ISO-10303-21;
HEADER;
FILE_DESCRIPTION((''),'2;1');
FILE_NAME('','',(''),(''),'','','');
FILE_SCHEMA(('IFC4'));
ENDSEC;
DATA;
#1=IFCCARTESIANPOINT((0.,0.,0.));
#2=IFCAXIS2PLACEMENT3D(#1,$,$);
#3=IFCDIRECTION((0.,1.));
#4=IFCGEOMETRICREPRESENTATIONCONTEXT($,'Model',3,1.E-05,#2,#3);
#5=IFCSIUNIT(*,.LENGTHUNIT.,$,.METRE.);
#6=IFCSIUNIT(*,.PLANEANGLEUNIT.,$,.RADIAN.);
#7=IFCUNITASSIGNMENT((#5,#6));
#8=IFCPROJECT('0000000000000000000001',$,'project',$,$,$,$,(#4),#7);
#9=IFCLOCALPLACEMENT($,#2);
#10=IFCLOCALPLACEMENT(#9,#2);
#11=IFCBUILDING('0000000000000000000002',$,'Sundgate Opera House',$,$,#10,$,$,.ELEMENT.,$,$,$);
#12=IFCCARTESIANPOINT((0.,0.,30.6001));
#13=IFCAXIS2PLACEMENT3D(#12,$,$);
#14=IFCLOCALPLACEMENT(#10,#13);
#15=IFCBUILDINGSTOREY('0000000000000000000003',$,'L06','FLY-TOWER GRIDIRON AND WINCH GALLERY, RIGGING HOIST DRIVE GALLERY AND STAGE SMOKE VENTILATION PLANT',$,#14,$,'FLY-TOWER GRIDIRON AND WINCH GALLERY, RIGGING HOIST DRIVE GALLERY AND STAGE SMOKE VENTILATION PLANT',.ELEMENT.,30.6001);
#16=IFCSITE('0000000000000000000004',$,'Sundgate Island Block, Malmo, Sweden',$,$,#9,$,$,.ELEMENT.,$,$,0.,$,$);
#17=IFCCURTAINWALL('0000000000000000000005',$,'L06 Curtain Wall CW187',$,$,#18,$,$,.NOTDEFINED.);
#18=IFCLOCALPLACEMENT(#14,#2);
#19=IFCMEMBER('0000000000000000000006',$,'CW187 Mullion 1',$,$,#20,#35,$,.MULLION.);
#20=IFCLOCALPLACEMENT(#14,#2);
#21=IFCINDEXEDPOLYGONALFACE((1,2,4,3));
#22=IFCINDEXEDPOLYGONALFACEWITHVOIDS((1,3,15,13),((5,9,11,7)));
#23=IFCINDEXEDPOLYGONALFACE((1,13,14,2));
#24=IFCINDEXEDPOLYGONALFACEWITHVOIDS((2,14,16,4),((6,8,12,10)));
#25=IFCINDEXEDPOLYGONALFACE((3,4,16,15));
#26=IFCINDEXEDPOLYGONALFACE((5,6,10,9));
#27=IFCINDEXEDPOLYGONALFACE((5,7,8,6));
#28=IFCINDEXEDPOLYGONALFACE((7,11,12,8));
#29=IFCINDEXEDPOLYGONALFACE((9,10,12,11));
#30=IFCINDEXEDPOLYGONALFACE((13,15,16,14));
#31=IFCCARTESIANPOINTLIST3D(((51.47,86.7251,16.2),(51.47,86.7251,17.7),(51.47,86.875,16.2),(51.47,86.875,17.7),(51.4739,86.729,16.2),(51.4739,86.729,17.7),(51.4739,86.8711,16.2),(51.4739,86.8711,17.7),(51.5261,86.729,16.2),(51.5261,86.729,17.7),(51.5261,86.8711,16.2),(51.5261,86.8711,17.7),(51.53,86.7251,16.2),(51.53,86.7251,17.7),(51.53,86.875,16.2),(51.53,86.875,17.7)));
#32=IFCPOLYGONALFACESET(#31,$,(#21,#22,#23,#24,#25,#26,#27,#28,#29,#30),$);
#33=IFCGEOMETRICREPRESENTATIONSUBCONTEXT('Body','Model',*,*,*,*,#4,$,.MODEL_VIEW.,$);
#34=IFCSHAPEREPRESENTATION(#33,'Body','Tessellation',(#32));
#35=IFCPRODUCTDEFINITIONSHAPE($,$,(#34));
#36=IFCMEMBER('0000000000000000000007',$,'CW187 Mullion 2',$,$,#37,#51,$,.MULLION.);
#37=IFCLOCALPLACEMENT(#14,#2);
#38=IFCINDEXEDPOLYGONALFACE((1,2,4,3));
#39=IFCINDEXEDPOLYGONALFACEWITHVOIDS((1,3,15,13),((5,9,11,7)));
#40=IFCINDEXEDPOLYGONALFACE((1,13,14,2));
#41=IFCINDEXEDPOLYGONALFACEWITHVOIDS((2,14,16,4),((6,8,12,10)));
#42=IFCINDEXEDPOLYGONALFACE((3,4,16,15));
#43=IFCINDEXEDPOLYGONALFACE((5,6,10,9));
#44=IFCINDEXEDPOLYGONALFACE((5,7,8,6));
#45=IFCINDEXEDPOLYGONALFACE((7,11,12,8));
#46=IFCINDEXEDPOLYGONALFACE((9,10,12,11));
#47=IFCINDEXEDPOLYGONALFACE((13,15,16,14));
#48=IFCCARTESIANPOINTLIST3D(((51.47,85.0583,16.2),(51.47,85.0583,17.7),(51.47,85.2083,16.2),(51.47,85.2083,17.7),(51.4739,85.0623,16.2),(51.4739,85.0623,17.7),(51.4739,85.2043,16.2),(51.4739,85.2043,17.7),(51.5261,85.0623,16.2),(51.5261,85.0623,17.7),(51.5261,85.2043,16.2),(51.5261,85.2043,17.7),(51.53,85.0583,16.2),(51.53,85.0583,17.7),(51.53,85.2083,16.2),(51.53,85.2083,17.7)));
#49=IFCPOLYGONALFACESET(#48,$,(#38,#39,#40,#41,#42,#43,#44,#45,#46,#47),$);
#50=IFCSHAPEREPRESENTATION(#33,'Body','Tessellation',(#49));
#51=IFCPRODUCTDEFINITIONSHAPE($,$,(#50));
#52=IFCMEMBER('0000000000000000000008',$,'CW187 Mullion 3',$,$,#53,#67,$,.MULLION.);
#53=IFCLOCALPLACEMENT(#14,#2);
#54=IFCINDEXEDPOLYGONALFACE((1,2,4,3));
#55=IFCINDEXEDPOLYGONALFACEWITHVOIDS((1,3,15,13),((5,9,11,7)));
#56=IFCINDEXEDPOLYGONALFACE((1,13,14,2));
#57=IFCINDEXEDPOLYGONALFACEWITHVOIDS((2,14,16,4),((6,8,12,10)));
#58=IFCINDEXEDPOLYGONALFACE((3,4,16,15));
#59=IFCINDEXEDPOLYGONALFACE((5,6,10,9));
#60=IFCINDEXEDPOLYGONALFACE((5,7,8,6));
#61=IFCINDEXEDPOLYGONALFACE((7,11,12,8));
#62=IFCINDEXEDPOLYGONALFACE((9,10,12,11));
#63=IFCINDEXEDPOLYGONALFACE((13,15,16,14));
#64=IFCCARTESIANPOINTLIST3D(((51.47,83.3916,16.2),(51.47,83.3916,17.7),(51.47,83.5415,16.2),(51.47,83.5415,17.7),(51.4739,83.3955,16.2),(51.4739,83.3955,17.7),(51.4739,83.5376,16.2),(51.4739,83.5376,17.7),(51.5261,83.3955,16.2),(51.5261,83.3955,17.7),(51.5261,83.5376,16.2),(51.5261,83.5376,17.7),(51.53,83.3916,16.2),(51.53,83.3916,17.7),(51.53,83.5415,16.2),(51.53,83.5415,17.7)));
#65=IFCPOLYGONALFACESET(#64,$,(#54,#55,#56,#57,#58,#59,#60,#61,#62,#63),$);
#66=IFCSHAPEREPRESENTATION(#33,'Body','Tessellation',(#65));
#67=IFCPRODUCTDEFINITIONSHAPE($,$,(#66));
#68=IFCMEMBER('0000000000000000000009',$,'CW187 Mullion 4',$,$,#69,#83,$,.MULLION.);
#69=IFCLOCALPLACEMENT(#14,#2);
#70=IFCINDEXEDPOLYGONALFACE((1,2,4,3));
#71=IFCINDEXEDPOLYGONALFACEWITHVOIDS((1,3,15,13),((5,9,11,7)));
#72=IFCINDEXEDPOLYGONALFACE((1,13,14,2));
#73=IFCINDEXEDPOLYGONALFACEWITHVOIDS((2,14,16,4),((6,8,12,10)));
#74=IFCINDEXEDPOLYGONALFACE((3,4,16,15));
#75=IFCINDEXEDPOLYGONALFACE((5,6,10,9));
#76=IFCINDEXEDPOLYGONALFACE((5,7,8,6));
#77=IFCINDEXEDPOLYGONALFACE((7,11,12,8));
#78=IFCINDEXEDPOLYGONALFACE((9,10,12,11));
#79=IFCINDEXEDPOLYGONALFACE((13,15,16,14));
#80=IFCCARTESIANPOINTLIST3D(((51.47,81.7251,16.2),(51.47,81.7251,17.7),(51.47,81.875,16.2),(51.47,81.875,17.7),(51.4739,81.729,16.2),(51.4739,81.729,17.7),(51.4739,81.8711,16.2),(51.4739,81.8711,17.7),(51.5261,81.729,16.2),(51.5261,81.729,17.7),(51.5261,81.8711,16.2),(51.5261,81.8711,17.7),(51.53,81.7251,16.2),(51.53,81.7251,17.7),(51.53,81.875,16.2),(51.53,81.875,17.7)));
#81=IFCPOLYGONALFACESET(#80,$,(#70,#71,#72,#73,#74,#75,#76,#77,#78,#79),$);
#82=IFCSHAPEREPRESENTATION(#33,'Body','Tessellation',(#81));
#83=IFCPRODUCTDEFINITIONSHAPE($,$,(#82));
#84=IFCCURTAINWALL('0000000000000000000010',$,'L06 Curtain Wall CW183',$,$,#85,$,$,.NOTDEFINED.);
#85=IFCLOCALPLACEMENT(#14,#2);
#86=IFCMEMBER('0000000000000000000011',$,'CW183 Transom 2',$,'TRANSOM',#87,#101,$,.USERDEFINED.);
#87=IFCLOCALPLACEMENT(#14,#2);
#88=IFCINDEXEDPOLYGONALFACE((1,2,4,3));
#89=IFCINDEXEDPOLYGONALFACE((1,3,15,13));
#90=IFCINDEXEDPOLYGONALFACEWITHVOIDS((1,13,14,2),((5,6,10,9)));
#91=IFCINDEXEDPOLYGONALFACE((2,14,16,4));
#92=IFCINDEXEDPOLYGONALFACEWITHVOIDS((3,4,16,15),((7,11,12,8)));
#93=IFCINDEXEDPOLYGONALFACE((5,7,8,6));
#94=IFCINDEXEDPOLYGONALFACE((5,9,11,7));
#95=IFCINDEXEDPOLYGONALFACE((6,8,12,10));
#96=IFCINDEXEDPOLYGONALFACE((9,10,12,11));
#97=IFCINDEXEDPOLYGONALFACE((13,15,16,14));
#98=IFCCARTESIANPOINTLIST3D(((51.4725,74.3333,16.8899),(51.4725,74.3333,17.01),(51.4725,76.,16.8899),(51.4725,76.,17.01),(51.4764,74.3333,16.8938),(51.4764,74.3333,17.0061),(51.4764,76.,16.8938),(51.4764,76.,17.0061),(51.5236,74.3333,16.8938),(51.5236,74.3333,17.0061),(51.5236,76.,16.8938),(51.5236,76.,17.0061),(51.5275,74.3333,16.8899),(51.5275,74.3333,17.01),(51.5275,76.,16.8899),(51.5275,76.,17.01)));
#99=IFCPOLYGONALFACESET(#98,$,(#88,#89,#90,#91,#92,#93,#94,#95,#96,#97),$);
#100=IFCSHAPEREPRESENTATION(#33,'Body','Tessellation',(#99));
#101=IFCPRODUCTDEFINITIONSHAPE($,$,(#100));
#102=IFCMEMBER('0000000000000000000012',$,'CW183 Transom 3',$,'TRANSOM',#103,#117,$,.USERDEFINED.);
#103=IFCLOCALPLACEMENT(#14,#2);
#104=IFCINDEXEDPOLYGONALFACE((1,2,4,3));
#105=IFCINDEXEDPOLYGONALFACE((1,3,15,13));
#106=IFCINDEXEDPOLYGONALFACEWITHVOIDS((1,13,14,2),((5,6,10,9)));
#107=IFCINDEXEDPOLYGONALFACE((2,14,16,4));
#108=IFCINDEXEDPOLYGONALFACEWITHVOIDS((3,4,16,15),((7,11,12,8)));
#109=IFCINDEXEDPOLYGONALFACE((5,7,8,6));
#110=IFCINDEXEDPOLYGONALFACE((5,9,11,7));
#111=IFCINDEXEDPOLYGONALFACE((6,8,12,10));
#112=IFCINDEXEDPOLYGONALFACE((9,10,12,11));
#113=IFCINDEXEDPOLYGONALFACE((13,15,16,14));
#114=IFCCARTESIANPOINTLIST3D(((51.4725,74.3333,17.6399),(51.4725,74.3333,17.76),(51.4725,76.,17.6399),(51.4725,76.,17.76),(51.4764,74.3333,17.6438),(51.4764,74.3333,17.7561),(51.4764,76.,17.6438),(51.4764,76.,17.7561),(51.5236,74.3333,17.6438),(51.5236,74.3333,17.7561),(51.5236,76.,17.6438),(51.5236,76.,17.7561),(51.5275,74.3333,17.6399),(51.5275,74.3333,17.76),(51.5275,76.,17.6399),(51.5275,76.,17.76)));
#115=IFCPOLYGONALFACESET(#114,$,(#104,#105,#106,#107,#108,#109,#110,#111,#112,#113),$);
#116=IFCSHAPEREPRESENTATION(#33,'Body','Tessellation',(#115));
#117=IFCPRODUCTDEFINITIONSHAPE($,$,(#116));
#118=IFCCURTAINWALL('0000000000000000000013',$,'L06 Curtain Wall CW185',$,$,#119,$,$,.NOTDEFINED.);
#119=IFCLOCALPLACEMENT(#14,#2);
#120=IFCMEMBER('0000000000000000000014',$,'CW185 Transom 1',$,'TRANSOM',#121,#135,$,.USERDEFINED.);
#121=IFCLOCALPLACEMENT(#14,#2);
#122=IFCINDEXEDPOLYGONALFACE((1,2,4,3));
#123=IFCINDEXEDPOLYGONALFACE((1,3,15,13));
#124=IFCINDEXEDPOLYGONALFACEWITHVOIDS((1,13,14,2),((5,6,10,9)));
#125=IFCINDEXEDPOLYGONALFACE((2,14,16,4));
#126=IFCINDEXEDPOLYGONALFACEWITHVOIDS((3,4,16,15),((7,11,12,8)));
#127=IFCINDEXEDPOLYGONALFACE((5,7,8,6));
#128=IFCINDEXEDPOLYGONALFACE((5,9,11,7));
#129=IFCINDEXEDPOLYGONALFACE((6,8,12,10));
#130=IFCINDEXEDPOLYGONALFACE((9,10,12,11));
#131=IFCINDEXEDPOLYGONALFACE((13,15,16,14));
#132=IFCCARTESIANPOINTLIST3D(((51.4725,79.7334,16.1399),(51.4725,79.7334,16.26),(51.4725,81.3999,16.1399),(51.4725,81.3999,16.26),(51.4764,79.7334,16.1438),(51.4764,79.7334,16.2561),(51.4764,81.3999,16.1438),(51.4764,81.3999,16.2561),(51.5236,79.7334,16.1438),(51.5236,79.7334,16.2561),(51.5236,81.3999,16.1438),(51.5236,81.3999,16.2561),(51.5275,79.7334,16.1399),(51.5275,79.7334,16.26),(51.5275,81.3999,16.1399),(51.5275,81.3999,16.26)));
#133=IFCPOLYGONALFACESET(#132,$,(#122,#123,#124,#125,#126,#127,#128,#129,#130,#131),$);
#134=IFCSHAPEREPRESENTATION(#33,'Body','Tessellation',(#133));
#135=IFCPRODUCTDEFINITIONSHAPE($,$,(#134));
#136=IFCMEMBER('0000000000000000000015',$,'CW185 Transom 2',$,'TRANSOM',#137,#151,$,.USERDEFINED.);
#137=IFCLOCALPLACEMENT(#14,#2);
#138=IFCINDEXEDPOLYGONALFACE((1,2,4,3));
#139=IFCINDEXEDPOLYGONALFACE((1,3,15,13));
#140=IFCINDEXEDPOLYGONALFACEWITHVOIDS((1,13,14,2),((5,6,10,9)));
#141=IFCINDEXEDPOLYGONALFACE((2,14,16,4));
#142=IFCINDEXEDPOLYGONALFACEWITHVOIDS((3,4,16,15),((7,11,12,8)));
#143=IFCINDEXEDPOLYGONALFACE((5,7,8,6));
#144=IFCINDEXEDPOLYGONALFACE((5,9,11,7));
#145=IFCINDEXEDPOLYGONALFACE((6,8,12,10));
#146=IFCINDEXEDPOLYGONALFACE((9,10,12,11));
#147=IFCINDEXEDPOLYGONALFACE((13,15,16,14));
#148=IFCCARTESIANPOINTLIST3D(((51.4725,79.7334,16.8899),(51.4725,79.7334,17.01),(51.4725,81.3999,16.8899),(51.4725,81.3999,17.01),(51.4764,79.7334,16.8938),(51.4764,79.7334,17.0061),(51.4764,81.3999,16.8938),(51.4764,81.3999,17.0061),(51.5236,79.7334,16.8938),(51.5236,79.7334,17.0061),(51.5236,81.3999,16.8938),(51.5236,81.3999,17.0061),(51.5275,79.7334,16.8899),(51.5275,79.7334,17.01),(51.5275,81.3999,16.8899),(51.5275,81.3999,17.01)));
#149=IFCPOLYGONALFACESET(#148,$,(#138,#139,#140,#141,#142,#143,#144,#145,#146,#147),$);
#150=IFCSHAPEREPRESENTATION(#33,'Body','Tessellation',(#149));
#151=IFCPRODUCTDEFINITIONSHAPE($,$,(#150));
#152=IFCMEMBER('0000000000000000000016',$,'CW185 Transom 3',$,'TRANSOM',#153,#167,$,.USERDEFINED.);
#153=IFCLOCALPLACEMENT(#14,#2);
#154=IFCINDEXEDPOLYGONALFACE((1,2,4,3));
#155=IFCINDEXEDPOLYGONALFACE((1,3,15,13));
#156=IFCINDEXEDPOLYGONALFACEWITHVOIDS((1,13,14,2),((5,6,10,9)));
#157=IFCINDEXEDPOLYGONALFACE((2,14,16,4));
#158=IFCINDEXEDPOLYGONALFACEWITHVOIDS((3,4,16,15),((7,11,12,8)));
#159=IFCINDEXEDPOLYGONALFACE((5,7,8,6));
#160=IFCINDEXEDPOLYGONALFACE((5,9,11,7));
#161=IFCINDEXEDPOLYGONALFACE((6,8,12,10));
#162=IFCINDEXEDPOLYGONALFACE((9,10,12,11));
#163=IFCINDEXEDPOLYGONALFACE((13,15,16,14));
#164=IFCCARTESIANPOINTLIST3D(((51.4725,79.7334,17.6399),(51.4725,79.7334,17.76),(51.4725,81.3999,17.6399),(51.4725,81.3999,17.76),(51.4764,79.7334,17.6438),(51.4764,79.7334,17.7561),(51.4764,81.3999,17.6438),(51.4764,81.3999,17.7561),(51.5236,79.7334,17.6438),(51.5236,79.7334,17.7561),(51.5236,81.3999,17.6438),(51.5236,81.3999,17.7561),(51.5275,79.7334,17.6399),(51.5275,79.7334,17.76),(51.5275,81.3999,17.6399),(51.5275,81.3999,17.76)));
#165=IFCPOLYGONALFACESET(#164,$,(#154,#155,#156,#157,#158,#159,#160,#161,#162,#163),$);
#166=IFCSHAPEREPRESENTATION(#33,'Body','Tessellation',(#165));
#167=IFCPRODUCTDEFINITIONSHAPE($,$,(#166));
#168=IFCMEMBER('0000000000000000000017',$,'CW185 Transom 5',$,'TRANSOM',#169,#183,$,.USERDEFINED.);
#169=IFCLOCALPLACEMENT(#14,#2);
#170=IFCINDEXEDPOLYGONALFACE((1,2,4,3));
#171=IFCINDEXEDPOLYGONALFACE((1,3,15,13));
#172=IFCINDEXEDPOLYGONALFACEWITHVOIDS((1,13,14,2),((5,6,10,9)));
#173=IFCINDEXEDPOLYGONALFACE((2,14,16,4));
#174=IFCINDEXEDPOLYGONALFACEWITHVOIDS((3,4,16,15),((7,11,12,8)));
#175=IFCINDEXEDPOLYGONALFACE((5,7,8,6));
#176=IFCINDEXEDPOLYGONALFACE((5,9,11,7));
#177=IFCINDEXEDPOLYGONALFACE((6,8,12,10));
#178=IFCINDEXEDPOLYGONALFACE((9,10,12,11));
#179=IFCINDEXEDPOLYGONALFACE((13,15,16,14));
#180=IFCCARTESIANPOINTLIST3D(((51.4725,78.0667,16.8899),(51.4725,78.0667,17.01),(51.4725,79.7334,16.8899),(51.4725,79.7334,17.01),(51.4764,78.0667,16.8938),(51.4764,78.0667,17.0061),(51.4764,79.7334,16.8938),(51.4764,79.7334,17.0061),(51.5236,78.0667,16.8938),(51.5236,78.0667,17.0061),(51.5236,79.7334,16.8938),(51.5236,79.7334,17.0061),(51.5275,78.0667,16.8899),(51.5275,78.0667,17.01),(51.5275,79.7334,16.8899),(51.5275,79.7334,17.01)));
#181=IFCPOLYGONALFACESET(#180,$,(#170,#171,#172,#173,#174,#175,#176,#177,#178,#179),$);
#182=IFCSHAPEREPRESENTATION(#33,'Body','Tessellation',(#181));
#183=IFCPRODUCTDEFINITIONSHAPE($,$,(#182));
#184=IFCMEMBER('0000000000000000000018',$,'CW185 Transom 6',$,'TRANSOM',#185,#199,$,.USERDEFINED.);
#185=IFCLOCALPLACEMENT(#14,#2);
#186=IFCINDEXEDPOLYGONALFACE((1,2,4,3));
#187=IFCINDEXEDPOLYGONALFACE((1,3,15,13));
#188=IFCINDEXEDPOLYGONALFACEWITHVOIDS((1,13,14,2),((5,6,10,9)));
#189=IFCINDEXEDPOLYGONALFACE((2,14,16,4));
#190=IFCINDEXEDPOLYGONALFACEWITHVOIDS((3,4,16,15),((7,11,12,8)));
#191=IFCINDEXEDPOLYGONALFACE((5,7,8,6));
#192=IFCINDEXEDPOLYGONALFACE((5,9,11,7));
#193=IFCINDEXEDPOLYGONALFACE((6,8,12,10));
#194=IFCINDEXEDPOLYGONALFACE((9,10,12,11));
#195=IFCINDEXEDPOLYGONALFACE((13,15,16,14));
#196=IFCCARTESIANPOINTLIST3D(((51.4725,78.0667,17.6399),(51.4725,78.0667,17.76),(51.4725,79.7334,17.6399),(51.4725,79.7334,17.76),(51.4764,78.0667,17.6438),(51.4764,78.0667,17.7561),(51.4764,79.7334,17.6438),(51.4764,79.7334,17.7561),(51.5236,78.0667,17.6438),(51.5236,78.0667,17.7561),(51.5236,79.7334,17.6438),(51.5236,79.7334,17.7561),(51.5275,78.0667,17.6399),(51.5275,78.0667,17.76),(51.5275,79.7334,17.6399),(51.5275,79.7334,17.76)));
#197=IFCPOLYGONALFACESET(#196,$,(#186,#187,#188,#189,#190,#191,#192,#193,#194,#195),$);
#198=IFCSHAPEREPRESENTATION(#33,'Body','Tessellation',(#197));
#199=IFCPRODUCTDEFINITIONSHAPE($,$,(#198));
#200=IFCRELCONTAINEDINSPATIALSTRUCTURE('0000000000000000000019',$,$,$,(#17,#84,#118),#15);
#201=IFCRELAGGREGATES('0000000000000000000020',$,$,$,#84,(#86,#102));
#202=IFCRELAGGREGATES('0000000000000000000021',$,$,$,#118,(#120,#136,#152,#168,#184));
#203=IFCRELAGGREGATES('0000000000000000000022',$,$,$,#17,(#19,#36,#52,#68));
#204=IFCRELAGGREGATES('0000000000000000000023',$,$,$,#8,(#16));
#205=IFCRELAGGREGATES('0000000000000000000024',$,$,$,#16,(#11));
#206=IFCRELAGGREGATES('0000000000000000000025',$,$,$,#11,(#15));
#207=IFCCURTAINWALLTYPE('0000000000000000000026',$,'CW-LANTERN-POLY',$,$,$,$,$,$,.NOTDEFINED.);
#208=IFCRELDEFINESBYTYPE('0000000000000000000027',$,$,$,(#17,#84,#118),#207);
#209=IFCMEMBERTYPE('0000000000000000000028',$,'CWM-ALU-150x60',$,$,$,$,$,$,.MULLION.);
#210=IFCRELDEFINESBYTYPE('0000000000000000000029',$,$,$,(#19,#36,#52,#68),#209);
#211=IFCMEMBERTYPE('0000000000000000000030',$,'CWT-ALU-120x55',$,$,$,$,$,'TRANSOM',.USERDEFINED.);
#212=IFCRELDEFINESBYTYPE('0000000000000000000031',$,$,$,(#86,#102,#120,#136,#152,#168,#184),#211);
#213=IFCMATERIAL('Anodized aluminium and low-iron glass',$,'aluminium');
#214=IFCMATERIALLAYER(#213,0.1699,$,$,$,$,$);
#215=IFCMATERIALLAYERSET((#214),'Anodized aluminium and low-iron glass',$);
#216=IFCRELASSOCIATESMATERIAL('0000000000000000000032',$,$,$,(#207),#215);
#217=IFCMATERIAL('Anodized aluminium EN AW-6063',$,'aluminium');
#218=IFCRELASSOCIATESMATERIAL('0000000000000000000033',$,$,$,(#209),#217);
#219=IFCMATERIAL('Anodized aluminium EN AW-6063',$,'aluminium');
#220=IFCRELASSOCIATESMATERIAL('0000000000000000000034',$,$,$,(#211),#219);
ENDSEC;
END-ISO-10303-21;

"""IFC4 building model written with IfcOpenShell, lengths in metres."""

from ifc_helpers import new_model, si_unit, direction, frame, origin, origin_2d, place, context, subcontext, project, spatial, hollow_rectangle, extrude, material, layer, layer_set, material_profile, profile_set, type_object, element, aggregate, save


model = new_model("IFC4")

# Units and contexts
model_context = context("Model", 3, precision=1e-05, world=origin(), true_north=direction((0.0, 1.0)))
body_context = subcontext(model_context, "Body", "Model", "MODEL_VIEW")
ifc_project = project(units=[si_unit("LENGTHUNIT", "METRE"), si_unit("PLANEANGLEUNIT", "RADIAN")], contexts=[model_context])

# Site, building, storey
site_placement = place(None, origin())
site = spatial("IfcSite", under=ifc_project, at=site_placement, Name="Sundgate Island Block, Malmo, Sweden", CompositionType="ELEMENT", RefElevation=0.0)
building_placement = place(site_placement, origin())
building = spatial("IfcBuilding", under=site, at=building_placement, Name="Sundgate Opera House", CompositionType="ELEMENT")
storey_placement = place(building_placement, frame((0.0, 0.0, 30.6001)))
storey = spatial("IfcBuildingStorey", under=building, at=storey_placement, Name="L06", Description="FLY-TOWER GRIDIRON AND WINCH GALLERY, RIGGING HOIST DRIVE GALLERY AND STAGE SMOKE VENTILATION PLANT", LongName="FLY-TOWER GRIDIRON AND WINCH GALLERY, RIGGING HOIST DRIVE GALLERY AND STAGE SMOKE VENTILATION PLANT", CompositionType="ELEMENT", Elevation=30.6001)

# Curtain walls, members
ifc_material_1 = material(Name="Anodized aluminium and low-iron glass", Category="aluminium")
ifc_layer_1 = layer(ifc_material_1, 0.1699)
ifc_layer_set_1 = layer_set([ifc_layer_1], Name="Anodized aluminium and low-iron glass")
curtain_wall_type = type_object("IfcCurtainWallType", Name="CW-LANTERN-POLY", PredefinedType="NOTDEFINED", material=ifc_layer_set_1)
curtain_wall_1_placement = place(storey_placement, origin())
curtain_wall_1 = element("IfcCurtainWall", 1, at=curtain_wall_1_placement, inside=storey, type_object=curtain_wall_type, Name="L06 Curtain Wall CW187", PredefinedType="NOTDEFINED")
ifc_material_2 = material(Name="Anodized aluminium EN AW-6063", Category="aluminium")
ifc_material_profile_1 = material_profile(ifc_material_2, hollow_rectangle(XDim=0.0601, YDim=0.1499, WallThickness=0.0039, at=origin_2d()), Name="CWM 150x60x4")
ifc_profile_set_1 = profile_set([ifc_material_profile_1], Name="Anodized aluminium EN AW-6063")
member_type_1 = type_object("IfcMemberType", Name="CWM-ALU-150x60", PredefinedType="MULLION", material=ifc_profile_set_1)
member_1_placement = place(storey_placement, frame((51.5, 86.8, 16.2), z_axis=(0.0, 0.0, 1.0), x_axis=(1.0, 0.0, 0.0)))
member_1 = element("IfcMember", 2, at=member_1_placement, type_object=member_type_1, Name="CW187 Mullion 1", PredefinedType="MULLION", context=body_context, shape_type="SweptSolid", body=[
    extrude(hollow_rectangle(XDim=0.0601, YDim=0.1499, WallThickness=0.0039, at=origin_2d()), origin(), (0.0, 0.0, 1.0), 1.5),
])
member_2_placement = place(storey_placement, frame((51.5, 85.1333, 16.2), z_axis=(0.0, 0.0, 1.0), x_axis=(1.0, 0.0, 0.0)))
member_2 = element("IfcMember", 3, at=member_2_placement, type_object=member_type_1, Name="CW187 Mullion 2", PredefinedType="MULLION", context=body_context, shape_type="SweptSolid", body=[
    extrude(hollow_rectangle(XDim=0.0601, YDim=0.1499, WallThickness=0.0039, at=origin_2d()), origin(), (0.0, 0.0, 1.0), 1.5),
])
member_3_placement = place(storey_placement, frame((51.5, 83.4666, 16.2), z_axis=(0.0, 0.0, 1.0), x_axis=(1.0, 0.0, 0.0)))
member_3 = element("IfcMember", 4, at=member_3_placement, type_object=member_type_1, Name="CW187 Mullion 3", PredefinedType="MULLION", context=body_context, shape_type="SweptSolid", body=[
    extrude(hollow_rectangle(XDim=0.0601, YDim=0.1499, WallThickness=0.0039, at=origin_2d()), origin(), (0.0, 0.0, 1.0), 1.5),
])
member_4_placement = place(storey_placement, frame((51.5, 81.8, 16.2), z_axis=(0.0, 0.0, 1.0), x_axis=(1.0, 0.0, 0.0)))
member_4 = element("IfcMember", 5, at=member_4_placement, type_object=member_type_1, Name="CW187 Mullion 4", PredefinedType="MULLION", context=body_context, shape_type="SweptSolid", body=[
    extrude(hollow_rectangle(XDim=0.0601, YDim=0.1499, WallThickness=0.0039, at=origin_2d()), origin(), (0.0, 0.0, 1.0), 1.5),
])
curtain_wall_2_placement = place(storey_placement, origin())
curtain_wall_2 = element("IfcCurtainWall", 6, at=curtain_wall_2_placement, inside=storey, type_object=curtain_wall_type, Name="L06 Curtain Wall CW183", PredefinedType="NOTDEFINED")
ifc_material_3 = material(Name="Anodized aluminium EN AW-6063", Category="aluminium")
ifc_material_profile_2 = material_profile(ifc_material_3, hollow_rectangle(XDim=0.0549, YDim=0.1201, WallThickness=0.0039, at=origin_2d()), Name="CWT 120x55x4")
ifc_profile_set_2 = profile_set([ifc_material_profile_2], Name="Anodized aluminium EN AW-6063")
member_type_2 = type_object("IfcMemberType", Name="CWT-ALU-120x55", ElementType="TRANSOM", PredefinedType="USERDEFINED", material=ifc_profile_set_2)
member_5_placement = place(storey_placement, frame((51.5, 76.0, 16.95), z_axis=(0.0, -1.0, 0.0), x_axis=(1.0, 0.0, 0.0)))
member_5 = element("IfcMember", 7, at=member_5_placement, type_object=member_type_2, Name="CW183 Transom 2", ObjectType="TRANSOM", PredefinedType="USERDEFINED", context=body_context, shape_type="SweptSolid", body=[
    extrude(hollow_rectangle(XDim=0.0549, YDim=0.1201, WallThickness=0.0039, at=origin_2d()), origin(), (0.0, 0.0, 1.0), 1.6667),
])
member_6_placement = place(storey_placement, frame((51.5, 76.0, 17.7), z_axis=(0.0, -1.0, 0.0), x_axis=(1.0, 0.0, 0.0)))
member_6 = element("IfcMember", 8, at=member_6_placement, type_object=member_type_2, Name="CW183 Transom 3", ObjectType="TRANSOM", PredefinedType="USERDEFINED", context=body_context, shape_type="SweptSolid", body=[
    extrude(hollow_rectangle(XDim=0.0549, YDim=0.1201, WallThickness=0.0039, at=origin_2d()), origin(), (0.0, 0.0, 1.0), 1.6667),
])
aggregate(curtain_wall_2, [member_5, member_6])
curtain_wall_3_placement = place(storey_placement, origin())
curtain_wall_3 = element("IfcCurtainWall", 9, at=curtain_wall_3_placement, inside=storey, type_object=curtain_wall_type, Name="L06 Curtain Wall CW185", PredefinedType="NOTDEFINED")
member_7_placement = place(storey_placement, frame((51.5, 81.3999, 16.2), z_axis=(0.0, -1.0, 0.0), x_axis=(1.0, 0.0, 0.0)))
member_7 = element("IfcMember", 10, at=member_7_placement, type_object=member_type_2, Name="CW185 Transom 1", ObjectType="TRANSOM", PredefinedType="USERDEFINED", context=body_context, shape_type="SweptSolid", body=[
    extrude(hollow_rectangle(XDim=0.0549, YDim=0.1201, WallThickness=0.0039, at=origin_2d()), origin(), (0.0, 0.0, 1.0), 1.6665),
])
member_8_placement = place(storey_placement, frame((51.5, 81.3999, 16.95), z_axis=(0.0, -1.0, 0.0), x_axis=(1.0, 0.0, 0.0)))
member_8 = element("IfcMember", 11, at=member_8_placement, type_object=member_type_2, Name="CW185 Transom 2", ObjectType="TRANSOM", PredefinedType="USERDEFINED", context=body_context, shape_type="SweptSolid", body=[
    extrude(hollow_rectangle(XDim=0.0549, YDim=0.1201, WallThickness=0.0039, at=origin_2d()), origin(), (0.0, 0.0, 1.0), 1.6665),
])
member_9_placement = place(storey_placement, frame((51.5, 81.3999, 17.7), z_axis=(0.0, -1.0, 0.0), x_axis=(1.0, 0.0, 0.0)))
member_9 = element("IfcMember", 12, at=member_9_placement, type_object=member_type_2, Name="CW185 Transom 3", ObjectType="TRANSOM", PredefinedType="USERDEFINED", context=body_context, shape_type="SweptSolid", body=[
    extrude(hollow_rectangle(XDim=0.0549, YDim=0.1201, WallThickness=0.0039, at=origin_2d()), origin(), (0.0, 0.0, 1.0), 1.6665),
])
member_10_placement = place(storey_placement, frame((51.5, 79.7334, 16.95), z_axis=(0.0, -1.0, 0.0), x_axis=(1.0, 0.0, 0.0)))
member_10 = element("IfcMember", 13, at=member_10_placement, type_object=member_type_2, Name="CW185 Transom 5", ObjectType="TRANSOM", PredefinedType="USERDEFINED", context=body_context, shape_type="SweptSolid", body=[
    extrude(hollow_rectangle(XDim=0.0549, YDim=0.1201, WallThickness=0.0039, at=origin_2d()), origin(), (0.0, 0.0, 1.0), 1.6667),
])
member_11_placement = place(storey_placement, frame((51.5, 79.7334, 17.7), z_axis=(0.0, -1.0, 0.0), x_axis=(1.0, 0.0, 0.0)))
member_11 = element("IfcMember", 14, at=member_11_placement, type_object=member_type_2, Name="CW185 Transom 6", ObjectType="TRANSOM", PredefinedType="USERDEFINED", context=body_context, shape_type="SweptSolid", body=[
    extrude(hollow_rectangle(XDim=0.0549, YDim=0.1201, WallThickness=0.0039, at=origin_2d()), origin(), (0.0, 0.0, 1.0), 1.6667),
])

aggregate(curtain_wall_3, [member_7, member_8, member_9, member_10, member_11])
aggregate(curtain_wall_1, [member_1, member_2, member_3, member_4])

save(model, "model.ifc")
